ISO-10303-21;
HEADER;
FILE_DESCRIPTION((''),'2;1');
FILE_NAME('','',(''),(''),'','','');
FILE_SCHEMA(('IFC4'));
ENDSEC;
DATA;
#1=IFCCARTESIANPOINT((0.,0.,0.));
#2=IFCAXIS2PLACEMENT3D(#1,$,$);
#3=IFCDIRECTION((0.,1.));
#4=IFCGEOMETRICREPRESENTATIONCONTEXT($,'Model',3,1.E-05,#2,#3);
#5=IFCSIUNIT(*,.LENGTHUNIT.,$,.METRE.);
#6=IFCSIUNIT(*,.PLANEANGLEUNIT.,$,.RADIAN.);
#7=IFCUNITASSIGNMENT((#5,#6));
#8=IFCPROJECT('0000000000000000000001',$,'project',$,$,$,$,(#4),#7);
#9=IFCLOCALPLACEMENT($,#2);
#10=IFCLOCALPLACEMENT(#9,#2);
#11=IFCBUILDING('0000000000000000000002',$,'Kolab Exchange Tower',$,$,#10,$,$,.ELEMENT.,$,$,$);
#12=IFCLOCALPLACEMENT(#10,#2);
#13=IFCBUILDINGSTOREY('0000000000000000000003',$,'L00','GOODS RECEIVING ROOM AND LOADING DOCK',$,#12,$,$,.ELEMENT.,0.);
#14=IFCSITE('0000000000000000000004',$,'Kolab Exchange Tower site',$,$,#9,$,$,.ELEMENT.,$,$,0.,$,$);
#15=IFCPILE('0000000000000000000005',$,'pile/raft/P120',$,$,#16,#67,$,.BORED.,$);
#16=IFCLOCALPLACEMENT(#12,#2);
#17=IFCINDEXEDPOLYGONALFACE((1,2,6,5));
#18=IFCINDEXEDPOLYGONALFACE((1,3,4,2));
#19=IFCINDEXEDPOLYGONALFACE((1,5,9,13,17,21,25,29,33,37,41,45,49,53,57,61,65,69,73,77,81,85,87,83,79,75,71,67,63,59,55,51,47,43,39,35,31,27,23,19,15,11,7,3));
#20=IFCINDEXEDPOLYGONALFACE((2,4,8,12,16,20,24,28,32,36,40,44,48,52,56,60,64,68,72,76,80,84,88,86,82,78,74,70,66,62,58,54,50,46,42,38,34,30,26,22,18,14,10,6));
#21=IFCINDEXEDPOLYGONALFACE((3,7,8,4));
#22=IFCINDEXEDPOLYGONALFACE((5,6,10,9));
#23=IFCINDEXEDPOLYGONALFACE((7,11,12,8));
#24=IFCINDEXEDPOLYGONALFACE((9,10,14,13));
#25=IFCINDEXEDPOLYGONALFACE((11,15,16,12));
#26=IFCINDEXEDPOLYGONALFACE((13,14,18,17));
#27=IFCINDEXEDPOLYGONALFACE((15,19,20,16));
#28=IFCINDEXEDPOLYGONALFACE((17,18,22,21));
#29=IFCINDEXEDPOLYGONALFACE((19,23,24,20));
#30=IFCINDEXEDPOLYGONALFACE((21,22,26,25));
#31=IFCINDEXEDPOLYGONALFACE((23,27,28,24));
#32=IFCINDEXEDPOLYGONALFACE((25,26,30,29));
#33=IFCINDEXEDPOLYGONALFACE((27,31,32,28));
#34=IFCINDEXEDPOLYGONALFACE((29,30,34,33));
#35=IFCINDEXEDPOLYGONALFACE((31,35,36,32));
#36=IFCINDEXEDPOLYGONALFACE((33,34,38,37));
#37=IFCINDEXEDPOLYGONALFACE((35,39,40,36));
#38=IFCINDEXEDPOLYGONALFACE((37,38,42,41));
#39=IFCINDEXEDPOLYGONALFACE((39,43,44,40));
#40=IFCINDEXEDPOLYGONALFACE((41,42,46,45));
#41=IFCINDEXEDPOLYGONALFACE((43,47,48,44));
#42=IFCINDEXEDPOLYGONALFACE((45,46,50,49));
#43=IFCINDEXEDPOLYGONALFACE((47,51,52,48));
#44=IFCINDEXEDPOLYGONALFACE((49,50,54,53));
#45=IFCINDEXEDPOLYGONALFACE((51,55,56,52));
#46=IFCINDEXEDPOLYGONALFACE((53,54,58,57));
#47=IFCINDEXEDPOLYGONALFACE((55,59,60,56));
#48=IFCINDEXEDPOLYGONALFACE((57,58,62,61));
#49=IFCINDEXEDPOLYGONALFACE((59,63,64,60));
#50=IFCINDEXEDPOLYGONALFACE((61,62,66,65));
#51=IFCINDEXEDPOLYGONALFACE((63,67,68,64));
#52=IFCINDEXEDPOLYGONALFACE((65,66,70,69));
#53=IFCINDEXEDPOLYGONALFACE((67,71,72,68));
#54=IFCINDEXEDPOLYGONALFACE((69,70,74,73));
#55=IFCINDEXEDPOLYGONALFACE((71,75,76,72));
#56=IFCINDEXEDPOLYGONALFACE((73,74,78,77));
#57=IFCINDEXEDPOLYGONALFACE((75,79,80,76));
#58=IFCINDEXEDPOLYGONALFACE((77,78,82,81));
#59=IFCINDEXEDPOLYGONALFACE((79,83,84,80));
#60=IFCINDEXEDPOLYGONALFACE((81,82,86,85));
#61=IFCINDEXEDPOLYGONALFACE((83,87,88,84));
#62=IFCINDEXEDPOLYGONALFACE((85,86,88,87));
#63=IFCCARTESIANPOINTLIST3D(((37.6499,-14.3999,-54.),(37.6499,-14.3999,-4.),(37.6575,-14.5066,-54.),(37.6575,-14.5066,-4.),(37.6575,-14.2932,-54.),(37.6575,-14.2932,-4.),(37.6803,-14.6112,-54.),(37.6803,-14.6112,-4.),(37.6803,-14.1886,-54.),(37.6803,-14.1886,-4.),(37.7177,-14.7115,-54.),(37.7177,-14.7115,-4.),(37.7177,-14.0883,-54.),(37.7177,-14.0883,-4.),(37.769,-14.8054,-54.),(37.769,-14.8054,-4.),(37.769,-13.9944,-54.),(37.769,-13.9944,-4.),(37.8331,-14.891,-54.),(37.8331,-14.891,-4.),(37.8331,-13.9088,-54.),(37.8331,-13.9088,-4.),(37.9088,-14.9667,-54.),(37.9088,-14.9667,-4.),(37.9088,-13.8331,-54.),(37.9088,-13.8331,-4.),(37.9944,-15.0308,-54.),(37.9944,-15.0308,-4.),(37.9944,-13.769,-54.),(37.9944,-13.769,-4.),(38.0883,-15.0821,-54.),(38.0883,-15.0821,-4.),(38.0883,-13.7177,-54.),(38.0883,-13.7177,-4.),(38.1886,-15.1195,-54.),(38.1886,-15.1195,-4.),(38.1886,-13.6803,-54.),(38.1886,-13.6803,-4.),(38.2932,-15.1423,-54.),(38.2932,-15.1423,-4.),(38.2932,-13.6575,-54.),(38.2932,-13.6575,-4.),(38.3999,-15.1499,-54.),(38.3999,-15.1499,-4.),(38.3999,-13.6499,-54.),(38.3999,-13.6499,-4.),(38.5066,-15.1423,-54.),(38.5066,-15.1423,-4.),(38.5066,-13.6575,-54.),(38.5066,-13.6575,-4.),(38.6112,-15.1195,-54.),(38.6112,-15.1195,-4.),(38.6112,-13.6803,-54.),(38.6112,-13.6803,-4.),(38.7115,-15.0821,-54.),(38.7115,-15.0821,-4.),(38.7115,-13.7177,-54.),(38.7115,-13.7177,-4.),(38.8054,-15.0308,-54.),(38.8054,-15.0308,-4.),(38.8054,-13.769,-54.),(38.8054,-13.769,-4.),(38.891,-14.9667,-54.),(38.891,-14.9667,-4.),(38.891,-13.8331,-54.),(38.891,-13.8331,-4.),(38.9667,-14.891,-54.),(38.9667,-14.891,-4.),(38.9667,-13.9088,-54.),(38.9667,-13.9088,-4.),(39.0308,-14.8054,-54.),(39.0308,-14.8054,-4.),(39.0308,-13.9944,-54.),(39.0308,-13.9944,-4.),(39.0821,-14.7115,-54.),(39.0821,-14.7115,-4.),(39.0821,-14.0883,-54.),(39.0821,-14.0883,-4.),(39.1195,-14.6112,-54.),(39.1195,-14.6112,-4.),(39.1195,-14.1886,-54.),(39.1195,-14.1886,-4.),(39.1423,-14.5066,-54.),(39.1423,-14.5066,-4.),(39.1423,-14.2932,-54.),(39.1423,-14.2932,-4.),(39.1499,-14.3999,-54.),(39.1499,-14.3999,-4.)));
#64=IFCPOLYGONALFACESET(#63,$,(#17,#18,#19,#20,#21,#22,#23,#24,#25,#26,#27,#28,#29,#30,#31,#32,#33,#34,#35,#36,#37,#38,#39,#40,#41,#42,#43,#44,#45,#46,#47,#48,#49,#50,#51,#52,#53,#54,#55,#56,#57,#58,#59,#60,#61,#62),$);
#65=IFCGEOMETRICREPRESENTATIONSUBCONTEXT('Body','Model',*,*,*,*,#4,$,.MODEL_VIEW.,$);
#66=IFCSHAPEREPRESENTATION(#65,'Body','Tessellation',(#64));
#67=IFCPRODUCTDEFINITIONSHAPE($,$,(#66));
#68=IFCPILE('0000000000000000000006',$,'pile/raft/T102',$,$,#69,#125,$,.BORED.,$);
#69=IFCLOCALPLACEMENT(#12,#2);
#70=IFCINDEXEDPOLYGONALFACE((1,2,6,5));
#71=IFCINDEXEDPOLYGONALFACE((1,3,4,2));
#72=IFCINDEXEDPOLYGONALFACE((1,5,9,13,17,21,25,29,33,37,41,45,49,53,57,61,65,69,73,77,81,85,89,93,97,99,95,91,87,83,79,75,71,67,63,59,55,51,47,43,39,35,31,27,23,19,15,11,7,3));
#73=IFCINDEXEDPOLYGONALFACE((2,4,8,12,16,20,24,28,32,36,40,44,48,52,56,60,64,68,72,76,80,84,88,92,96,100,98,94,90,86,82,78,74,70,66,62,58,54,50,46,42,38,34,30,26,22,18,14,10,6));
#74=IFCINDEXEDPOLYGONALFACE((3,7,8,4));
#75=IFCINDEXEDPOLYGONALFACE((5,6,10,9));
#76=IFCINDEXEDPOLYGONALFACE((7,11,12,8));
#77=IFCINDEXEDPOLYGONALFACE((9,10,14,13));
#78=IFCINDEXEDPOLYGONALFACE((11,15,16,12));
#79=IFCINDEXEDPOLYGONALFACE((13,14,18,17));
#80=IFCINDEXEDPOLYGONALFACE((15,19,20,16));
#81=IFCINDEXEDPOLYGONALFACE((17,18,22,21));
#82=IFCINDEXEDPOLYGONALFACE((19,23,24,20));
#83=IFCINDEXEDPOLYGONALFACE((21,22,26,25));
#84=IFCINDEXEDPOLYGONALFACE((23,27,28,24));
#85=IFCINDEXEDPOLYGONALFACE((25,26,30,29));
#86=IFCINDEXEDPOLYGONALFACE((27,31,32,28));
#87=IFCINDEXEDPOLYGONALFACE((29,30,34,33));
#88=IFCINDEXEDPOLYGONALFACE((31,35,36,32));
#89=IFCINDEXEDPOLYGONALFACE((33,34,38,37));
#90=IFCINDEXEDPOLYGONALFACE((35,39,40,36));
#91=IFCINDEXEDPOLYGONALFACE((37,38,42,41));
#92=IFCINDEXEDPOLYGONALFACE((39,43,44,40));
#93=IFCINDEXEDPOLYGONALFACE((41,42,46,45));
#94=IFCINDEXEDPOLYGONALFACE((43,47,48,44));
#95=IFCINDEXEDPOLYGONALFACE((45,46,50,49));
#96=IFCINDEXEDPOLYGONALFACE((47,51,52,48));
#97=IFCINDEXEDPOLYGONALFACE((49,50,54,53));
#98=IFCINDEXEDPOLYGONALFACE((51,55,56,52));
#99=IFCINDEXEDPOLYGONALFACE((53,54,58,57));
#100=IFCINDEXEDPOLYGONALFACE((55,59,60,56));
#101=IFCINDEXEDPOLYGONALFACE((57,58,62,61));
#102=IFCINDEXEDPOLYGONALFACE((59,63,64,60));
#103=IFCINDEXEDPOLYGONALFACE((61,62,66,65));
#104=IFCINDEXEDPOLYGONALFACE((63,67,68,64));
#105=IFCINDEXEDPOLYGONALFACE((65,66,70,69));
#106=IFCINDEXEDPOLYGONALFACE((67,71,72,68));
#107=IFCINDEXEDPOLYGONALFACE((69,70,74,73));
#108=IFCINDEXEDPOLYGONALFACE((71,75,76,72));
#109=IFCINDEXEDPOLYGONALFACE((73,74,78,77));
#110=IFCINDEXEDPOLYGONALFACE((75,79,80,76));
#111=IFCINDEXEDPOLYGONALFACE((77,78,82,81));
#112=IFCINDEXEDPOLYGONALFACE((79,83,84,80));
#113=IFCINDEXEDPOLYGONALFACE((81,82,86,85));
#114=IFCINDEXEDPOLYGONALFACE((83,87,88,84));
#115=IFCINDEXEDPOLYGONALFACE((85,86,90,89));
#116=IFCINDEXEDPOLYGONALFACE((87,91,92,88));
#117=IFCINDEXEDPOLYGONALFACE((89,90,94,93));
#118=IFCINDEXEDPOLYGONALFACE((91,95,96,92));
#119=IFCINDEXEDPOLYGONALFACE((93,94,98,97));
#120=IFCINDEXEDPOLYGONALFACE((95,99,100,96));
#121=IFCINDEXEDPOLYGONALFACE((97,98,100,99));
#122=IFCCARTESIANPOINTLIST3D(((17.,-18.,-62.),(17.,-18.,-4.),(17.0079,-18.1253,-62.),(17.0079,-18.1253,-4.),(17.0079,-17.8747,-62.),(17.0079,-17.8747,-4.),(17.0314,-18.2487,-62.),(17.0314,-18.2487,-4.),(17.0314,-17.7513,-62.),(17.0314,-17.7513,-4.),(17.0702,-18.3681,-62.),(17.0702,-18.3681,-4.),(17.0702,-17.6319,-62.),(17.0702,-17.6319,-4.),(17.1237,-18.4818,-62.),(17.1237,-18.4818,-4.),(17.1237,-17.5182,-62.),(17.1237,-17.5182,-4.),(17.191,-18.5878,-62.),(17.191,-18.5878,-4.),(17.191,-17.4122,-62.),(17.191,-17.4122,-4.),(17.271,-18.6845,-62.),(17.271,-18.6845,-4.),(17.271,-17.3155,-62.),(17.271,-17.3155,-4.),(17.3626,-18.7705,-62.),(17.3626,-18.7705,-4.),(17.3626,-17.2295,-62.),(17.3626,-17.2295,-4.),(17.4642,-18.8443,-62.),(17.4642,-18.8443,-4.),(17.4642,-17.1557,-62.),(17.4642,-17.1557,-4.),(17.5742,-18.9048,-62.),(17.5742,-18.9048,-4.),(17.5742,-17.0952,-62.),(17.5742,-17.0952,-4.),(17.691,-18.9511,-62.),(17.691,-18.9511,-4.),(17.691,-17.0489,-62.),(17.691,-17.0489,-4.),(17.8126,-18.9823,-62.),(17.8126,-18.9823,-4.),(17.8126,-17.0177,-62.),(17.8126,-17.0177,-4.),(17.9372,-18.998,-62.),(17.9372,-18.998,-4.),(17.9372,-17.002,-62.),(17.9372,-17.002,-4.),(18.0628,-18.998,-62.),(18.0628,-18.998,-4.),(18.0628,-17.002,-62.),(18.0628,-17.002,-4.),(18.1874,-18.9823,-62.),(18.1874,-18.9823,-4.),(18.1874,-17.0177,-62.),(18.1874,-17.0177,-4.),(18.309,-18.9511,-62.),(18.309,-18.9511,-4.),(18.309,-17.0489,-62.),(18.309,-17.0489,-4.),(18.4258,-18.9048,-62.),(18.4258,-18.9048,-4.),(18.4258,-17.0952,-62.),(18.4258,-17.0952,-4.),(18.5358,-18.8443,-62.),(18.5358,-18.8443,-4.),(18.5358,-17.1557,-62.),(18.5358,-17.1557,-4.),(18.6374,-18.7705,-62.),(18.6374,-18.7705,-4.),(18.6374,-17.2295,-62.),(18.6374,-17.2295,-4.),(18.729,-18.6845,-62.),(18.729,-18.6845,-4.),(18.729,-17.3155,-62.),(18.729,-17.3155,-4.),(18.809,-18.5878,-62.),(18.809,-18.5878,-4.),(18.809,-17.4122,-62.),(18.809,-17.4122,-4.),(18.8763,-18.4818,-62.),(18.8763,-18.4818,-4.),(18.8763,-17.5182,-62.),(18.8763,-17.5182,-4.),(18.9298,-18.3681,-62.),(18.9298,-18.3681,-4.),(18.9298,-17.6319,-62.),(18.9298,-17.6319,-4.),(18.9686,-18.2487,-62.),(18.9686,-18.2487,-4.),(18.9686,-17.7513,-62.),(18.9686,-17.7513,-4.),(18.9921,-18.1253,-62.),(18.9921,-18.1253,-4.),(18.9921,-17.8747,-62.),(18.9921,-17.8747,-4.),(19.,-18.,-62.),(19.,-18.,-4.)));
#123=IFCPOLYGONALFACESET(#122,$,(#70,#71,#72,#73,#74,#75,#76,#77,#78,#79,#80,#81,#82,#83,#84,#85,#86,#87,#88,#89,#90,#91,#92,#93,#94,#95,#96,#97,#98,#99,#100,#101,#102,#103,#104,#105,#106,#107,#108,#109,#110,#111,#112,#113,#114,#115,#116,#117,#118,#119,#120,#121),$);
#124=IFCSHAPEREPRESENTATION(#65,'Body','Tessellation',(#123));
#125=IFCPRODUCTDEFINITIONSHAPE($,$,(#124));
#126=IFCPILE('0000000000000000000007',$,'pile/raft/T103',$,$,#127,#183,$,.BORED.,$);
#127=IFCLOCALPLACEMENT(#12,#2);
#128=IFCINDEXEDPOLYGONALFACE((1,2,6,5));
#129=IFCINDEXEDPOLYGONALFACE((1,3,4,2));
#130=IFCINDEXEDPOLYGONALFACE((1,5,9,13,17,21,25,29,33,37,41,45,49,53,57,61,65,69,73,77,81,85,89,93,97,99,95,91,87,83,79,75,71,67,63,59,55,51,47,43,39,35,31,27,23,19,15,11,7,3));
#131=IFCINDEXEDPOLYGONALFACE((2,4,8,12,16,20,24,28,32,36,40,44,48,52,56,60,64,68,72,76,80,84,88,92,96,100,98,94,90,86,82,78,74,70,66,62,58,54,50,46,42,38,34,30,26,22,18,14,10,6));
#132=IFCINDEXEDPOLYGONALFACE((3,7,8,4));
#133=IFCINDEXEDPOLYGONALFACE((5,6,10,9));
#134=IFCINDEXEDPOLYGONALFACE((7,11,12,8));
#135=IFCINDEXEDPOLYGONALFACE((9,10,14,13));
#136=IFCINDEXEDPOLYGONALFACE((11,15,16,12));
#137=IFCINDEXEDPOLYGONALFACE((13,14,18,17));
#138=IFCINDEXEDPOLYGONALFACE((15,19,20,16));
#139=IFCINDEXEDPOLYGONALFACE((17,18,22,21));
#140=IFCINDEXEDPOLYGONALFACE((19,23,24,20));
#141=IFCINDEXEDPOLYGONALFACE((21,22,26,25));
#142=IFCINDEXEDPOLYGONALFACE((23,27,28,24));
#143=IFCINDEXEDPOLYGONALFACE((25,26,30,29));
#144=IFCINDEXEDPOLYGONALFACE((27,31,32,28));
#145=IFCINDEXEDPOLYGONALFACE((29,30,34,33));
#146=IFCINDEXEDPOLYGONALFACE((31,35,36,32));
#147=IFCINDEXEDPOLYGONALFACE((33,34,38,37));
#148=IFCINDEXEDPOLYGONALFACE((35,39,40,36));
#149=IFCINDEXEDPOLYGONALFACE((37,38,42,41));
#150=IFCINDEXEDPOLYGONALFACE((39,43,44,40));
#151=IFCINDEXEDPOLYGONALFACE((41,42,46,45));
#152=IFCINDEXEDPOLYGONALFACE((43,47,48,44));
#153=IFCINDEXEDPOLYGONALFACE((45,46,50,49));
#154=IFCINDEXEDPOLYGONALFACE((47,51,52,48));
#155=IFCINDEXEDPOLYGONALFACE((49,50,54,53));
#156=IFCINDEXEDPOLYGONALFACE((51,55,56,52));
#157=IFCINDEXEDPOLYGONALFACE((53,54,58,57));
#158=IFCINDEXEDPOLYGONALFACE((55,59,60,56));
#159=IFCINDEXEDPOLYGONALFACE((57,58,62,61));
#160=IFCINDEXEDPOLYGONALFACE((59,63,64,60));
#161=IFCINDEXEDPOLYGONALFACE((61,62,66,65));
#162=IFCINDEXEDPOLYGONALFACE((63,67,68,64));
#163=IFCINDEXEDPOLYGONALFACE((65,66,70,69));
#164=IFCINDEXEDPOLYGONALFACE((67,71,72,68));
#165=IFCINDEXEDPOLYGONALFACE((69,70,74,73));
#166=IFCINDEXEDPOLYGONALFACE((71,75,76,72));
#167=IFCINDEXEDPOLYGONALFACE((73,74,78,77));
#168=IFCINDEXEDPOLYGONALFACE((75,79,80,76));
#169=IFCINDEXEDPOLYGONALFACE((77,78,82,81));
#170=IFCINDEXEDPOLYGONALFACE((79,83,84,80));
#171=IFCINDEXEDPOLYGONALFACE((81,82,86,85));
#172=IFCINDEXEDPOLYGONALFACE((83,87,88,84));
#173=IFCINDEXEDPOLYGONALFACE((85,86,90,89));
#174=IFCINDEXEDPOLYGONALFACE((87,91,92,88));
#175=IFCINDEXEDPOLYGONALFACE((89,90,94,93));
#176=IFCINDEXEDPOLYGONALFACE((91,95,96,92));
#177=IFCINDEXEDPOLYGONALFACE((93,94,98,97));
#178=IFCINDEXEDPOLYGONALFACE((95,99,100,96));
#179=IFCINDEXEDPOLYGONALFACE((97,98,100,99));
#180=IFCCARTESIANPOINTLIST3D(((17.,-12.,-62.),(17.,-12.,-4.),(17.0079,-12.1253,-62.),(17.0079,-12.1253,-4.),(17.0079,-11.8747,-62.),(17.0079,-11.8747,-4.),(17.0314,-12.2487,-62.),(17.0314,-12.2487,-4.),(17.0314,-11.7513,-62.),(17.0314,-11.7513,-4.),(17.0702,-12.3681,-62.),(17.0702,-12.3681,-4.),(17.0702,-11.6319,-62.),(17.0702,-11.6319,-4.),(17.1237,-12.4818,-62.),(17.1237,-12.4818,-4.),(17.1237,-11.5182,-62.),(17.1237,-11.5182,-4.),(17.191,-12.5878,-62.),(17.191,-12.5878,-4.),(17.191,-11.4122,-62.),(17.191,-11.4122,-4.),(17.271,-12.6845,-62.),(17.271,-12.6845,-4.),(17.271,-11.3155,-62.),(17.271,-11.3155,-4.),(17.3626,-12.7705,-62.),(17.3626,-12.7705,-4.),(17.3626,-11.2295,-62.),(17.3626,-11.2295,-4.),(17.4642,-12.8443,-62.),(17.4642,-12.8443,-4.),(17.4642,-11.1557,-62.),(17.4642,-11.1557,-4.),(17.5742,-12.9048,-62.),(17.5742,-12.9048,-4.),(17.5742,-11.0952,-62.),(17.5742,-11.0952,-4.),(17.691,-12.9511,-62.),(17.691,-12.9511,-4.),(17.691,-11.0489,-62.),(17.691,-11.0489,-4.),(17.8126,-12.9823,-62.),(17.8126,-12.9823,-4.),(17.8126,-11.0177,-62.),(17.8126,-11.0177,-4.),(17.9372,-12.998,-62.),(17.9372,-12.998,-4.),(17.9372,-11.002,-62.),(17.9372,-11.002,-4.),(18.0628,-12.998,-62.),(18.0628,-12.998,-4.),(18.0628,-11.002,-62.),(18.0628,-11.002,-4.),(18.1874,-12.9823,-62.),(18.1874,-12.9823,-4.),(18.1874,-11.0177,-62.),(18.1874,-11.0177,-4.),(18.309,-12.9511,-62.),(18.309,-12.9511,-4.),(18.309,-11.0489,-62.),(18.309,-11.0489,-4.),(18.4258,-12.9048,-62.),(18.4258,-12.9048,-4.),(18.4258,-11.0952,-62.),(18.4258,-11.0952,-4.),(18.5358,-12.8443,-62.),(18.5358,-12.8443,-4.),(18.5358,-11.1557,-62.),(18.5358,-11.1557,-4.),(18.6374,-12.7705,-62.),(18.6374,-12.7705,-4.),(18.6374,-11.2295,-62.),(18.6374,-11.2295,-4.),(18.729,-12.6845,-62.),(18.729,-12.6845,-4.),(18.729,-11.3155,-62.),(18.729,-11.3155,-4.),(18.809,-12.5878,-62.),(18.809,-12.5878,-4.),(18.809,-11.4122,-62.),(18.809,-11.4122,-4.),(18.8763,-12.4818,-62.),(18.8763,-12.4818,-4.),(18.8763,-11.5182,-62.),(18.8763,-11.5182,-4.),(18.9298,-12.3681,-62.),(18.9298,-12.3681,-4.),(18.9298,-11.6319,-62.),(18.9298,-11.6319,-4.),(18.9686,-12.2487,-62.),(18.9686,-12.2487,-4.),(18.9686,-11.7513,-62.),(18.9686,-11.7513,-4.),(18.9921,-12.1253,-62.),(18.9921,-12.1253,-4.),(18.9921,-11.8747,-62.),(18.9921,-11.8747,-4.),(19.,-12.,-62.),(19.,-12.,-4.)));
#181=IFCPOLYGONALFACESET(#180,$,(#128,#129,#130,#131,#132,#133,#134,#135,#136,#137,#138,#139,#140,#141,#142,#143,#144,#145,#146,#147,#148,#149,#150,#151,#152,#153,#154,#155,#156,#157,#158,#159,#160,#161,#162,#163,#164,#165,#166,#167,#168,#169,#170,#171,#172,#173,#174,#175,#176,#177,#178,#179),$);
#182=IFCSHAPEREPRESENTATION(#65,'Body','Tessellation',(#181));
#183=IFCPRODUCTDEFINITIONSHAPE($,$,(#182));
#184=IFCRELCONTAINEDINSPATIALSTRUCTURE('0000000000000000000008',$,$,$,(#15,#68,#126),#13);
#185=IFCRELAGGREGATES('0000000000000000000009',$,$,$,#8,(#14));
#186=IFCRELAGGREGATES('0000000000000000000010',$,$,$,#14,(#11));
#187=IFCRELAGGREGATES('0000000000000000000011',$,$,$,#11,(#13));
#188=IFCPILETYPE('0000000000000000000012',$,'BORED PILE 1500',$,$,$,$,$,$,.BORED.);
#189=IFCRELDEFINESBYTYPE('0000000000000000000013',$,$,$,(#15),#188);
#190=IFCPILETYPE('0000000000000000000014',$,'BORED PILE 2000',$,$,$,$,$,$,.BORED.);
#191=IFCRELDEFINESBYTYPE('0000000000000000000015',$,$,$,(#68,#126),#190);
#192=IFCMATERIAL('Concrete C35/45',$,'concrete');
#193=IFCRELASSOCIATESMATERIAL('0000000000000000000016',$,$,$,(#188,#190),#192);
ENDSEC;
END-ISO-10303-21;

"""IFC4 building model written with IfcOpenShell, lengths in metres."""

from ifc_helpers import new_model, si_unit, direction, frame, origin, origin_2d, place, context, subcontext, project, spatial, circle, extrude, material, material_profile, profile_set, type_object, element, save


model = new_model("IFC4")

# Units and contexts
model_context = context("Model", 3, precision=1e-05, world=origin(), true_north=direction((0.0, 1.0)))
body_context = subcontext(model_context, "Body", "Model", "MODEL_VIEW")
ifc_project = project(units=[si_unit("LENGTHUNIT", "METRE"), si_unit("PLANEANGLEUNIT", "RADIAN")], contexts=[model_context])

# Site, building, storey
site_placement = place(None, origin())
site = spatial("IfcSite", under=ifc_project, at=site_placement, Name="Kolab Exchange Tower site", CompositionType="ELEMENT", RefElevation=0.0)
building_placement = place(site_placement, origin())
building = spatial("IfcBuilding", under=site, at=building_placement, Name="Kolab Exchange Tower", CompositionType="ELEMENT")
storey_placement = place(building_placement, origin())
storey = spatial("IfcBuildingStorey", under=building, at=storey_placement, Name="L00", Description="GOODS RECEIVING ROOM AND LOADING DOCK", CompositionType="ELEMENT", Elevation=0.0)

# Piles
ifc_material_1 = material(Name="Concrete C35/45", Category="concrete")
ifc_material_profile_1 = material_profile(ifc_material_1, circle(Radius=0.75, at=origin_2d()), Name="BP1500")
ifc_profile_set_1 = profile_set([ifc_material_profile_1], Name="Concrete C35/45")
pile_type_1 = type_object("IfcPileType", Name="BORED PILE 1500", PredefinedType="BORED", material=ifc_profile_set_1)
for number, where, z_axis, x_axis, name in (
    (1, (38.3999, -14.3999, -4.0), (0.0, 0.0, -1.0), (1.0, 0.0, 0.0), "pile/raft/P120"),
):
    element("IfcPile", number, at=place(storey_placement, frame(where, z_axis=z_axis, x_axis=x_axis)), inside=storey, type_object=pile_type_1, Name=name, PredefinedType="BORED", context=body_context, shape_type="SweptSolid", body=[
        extrude(circle(Radius=0.75, at=origin_2d()), origin(), (0.0, 0.0, 1.0), 50.0),
    ])
ifc_material_profile_2 = material_profile(ifc_material_1, circle(Radius=1.0, at=origin_2d()), Name="BP2000")
ifc_profile_set_2 = profile_set([ifc_material_profile_2], Name="Concrete C35/45")
pile_type_2 = type_object("IfcPileType", Name="BORED PILE 2000", PredefinedType="BORED", material=ifc_profile_set_2)
for number, where, z_axis, x_axis, name in (
    (2, (18.0, -18.0, -4.0), (0.0, 0.0, -1.0), (1.0, 0.0, 0.0), "pile/raft/T102"),
    (3, (18.0, -12.0, -4.0), (0.0, 0.0, -1.0), (1.0, 0.0, 0.0), "pile/raft/T103"),
):
    element("IfcPile", number, at=place(storey_placement, frame(where, z_axis=z_axis, x_axis=x_axis)), inside=storey, type_object=pile_type_2, Name=name, PredefinedType="BORED", context=body_context, shape_type="SweptSolid", body=[
        extrude(circle(Radius=1.0, at=origin_2d()), origin(), (0.0, 0.0, 1.0), 58.0),
    ])

save(model, "model.ifc")
